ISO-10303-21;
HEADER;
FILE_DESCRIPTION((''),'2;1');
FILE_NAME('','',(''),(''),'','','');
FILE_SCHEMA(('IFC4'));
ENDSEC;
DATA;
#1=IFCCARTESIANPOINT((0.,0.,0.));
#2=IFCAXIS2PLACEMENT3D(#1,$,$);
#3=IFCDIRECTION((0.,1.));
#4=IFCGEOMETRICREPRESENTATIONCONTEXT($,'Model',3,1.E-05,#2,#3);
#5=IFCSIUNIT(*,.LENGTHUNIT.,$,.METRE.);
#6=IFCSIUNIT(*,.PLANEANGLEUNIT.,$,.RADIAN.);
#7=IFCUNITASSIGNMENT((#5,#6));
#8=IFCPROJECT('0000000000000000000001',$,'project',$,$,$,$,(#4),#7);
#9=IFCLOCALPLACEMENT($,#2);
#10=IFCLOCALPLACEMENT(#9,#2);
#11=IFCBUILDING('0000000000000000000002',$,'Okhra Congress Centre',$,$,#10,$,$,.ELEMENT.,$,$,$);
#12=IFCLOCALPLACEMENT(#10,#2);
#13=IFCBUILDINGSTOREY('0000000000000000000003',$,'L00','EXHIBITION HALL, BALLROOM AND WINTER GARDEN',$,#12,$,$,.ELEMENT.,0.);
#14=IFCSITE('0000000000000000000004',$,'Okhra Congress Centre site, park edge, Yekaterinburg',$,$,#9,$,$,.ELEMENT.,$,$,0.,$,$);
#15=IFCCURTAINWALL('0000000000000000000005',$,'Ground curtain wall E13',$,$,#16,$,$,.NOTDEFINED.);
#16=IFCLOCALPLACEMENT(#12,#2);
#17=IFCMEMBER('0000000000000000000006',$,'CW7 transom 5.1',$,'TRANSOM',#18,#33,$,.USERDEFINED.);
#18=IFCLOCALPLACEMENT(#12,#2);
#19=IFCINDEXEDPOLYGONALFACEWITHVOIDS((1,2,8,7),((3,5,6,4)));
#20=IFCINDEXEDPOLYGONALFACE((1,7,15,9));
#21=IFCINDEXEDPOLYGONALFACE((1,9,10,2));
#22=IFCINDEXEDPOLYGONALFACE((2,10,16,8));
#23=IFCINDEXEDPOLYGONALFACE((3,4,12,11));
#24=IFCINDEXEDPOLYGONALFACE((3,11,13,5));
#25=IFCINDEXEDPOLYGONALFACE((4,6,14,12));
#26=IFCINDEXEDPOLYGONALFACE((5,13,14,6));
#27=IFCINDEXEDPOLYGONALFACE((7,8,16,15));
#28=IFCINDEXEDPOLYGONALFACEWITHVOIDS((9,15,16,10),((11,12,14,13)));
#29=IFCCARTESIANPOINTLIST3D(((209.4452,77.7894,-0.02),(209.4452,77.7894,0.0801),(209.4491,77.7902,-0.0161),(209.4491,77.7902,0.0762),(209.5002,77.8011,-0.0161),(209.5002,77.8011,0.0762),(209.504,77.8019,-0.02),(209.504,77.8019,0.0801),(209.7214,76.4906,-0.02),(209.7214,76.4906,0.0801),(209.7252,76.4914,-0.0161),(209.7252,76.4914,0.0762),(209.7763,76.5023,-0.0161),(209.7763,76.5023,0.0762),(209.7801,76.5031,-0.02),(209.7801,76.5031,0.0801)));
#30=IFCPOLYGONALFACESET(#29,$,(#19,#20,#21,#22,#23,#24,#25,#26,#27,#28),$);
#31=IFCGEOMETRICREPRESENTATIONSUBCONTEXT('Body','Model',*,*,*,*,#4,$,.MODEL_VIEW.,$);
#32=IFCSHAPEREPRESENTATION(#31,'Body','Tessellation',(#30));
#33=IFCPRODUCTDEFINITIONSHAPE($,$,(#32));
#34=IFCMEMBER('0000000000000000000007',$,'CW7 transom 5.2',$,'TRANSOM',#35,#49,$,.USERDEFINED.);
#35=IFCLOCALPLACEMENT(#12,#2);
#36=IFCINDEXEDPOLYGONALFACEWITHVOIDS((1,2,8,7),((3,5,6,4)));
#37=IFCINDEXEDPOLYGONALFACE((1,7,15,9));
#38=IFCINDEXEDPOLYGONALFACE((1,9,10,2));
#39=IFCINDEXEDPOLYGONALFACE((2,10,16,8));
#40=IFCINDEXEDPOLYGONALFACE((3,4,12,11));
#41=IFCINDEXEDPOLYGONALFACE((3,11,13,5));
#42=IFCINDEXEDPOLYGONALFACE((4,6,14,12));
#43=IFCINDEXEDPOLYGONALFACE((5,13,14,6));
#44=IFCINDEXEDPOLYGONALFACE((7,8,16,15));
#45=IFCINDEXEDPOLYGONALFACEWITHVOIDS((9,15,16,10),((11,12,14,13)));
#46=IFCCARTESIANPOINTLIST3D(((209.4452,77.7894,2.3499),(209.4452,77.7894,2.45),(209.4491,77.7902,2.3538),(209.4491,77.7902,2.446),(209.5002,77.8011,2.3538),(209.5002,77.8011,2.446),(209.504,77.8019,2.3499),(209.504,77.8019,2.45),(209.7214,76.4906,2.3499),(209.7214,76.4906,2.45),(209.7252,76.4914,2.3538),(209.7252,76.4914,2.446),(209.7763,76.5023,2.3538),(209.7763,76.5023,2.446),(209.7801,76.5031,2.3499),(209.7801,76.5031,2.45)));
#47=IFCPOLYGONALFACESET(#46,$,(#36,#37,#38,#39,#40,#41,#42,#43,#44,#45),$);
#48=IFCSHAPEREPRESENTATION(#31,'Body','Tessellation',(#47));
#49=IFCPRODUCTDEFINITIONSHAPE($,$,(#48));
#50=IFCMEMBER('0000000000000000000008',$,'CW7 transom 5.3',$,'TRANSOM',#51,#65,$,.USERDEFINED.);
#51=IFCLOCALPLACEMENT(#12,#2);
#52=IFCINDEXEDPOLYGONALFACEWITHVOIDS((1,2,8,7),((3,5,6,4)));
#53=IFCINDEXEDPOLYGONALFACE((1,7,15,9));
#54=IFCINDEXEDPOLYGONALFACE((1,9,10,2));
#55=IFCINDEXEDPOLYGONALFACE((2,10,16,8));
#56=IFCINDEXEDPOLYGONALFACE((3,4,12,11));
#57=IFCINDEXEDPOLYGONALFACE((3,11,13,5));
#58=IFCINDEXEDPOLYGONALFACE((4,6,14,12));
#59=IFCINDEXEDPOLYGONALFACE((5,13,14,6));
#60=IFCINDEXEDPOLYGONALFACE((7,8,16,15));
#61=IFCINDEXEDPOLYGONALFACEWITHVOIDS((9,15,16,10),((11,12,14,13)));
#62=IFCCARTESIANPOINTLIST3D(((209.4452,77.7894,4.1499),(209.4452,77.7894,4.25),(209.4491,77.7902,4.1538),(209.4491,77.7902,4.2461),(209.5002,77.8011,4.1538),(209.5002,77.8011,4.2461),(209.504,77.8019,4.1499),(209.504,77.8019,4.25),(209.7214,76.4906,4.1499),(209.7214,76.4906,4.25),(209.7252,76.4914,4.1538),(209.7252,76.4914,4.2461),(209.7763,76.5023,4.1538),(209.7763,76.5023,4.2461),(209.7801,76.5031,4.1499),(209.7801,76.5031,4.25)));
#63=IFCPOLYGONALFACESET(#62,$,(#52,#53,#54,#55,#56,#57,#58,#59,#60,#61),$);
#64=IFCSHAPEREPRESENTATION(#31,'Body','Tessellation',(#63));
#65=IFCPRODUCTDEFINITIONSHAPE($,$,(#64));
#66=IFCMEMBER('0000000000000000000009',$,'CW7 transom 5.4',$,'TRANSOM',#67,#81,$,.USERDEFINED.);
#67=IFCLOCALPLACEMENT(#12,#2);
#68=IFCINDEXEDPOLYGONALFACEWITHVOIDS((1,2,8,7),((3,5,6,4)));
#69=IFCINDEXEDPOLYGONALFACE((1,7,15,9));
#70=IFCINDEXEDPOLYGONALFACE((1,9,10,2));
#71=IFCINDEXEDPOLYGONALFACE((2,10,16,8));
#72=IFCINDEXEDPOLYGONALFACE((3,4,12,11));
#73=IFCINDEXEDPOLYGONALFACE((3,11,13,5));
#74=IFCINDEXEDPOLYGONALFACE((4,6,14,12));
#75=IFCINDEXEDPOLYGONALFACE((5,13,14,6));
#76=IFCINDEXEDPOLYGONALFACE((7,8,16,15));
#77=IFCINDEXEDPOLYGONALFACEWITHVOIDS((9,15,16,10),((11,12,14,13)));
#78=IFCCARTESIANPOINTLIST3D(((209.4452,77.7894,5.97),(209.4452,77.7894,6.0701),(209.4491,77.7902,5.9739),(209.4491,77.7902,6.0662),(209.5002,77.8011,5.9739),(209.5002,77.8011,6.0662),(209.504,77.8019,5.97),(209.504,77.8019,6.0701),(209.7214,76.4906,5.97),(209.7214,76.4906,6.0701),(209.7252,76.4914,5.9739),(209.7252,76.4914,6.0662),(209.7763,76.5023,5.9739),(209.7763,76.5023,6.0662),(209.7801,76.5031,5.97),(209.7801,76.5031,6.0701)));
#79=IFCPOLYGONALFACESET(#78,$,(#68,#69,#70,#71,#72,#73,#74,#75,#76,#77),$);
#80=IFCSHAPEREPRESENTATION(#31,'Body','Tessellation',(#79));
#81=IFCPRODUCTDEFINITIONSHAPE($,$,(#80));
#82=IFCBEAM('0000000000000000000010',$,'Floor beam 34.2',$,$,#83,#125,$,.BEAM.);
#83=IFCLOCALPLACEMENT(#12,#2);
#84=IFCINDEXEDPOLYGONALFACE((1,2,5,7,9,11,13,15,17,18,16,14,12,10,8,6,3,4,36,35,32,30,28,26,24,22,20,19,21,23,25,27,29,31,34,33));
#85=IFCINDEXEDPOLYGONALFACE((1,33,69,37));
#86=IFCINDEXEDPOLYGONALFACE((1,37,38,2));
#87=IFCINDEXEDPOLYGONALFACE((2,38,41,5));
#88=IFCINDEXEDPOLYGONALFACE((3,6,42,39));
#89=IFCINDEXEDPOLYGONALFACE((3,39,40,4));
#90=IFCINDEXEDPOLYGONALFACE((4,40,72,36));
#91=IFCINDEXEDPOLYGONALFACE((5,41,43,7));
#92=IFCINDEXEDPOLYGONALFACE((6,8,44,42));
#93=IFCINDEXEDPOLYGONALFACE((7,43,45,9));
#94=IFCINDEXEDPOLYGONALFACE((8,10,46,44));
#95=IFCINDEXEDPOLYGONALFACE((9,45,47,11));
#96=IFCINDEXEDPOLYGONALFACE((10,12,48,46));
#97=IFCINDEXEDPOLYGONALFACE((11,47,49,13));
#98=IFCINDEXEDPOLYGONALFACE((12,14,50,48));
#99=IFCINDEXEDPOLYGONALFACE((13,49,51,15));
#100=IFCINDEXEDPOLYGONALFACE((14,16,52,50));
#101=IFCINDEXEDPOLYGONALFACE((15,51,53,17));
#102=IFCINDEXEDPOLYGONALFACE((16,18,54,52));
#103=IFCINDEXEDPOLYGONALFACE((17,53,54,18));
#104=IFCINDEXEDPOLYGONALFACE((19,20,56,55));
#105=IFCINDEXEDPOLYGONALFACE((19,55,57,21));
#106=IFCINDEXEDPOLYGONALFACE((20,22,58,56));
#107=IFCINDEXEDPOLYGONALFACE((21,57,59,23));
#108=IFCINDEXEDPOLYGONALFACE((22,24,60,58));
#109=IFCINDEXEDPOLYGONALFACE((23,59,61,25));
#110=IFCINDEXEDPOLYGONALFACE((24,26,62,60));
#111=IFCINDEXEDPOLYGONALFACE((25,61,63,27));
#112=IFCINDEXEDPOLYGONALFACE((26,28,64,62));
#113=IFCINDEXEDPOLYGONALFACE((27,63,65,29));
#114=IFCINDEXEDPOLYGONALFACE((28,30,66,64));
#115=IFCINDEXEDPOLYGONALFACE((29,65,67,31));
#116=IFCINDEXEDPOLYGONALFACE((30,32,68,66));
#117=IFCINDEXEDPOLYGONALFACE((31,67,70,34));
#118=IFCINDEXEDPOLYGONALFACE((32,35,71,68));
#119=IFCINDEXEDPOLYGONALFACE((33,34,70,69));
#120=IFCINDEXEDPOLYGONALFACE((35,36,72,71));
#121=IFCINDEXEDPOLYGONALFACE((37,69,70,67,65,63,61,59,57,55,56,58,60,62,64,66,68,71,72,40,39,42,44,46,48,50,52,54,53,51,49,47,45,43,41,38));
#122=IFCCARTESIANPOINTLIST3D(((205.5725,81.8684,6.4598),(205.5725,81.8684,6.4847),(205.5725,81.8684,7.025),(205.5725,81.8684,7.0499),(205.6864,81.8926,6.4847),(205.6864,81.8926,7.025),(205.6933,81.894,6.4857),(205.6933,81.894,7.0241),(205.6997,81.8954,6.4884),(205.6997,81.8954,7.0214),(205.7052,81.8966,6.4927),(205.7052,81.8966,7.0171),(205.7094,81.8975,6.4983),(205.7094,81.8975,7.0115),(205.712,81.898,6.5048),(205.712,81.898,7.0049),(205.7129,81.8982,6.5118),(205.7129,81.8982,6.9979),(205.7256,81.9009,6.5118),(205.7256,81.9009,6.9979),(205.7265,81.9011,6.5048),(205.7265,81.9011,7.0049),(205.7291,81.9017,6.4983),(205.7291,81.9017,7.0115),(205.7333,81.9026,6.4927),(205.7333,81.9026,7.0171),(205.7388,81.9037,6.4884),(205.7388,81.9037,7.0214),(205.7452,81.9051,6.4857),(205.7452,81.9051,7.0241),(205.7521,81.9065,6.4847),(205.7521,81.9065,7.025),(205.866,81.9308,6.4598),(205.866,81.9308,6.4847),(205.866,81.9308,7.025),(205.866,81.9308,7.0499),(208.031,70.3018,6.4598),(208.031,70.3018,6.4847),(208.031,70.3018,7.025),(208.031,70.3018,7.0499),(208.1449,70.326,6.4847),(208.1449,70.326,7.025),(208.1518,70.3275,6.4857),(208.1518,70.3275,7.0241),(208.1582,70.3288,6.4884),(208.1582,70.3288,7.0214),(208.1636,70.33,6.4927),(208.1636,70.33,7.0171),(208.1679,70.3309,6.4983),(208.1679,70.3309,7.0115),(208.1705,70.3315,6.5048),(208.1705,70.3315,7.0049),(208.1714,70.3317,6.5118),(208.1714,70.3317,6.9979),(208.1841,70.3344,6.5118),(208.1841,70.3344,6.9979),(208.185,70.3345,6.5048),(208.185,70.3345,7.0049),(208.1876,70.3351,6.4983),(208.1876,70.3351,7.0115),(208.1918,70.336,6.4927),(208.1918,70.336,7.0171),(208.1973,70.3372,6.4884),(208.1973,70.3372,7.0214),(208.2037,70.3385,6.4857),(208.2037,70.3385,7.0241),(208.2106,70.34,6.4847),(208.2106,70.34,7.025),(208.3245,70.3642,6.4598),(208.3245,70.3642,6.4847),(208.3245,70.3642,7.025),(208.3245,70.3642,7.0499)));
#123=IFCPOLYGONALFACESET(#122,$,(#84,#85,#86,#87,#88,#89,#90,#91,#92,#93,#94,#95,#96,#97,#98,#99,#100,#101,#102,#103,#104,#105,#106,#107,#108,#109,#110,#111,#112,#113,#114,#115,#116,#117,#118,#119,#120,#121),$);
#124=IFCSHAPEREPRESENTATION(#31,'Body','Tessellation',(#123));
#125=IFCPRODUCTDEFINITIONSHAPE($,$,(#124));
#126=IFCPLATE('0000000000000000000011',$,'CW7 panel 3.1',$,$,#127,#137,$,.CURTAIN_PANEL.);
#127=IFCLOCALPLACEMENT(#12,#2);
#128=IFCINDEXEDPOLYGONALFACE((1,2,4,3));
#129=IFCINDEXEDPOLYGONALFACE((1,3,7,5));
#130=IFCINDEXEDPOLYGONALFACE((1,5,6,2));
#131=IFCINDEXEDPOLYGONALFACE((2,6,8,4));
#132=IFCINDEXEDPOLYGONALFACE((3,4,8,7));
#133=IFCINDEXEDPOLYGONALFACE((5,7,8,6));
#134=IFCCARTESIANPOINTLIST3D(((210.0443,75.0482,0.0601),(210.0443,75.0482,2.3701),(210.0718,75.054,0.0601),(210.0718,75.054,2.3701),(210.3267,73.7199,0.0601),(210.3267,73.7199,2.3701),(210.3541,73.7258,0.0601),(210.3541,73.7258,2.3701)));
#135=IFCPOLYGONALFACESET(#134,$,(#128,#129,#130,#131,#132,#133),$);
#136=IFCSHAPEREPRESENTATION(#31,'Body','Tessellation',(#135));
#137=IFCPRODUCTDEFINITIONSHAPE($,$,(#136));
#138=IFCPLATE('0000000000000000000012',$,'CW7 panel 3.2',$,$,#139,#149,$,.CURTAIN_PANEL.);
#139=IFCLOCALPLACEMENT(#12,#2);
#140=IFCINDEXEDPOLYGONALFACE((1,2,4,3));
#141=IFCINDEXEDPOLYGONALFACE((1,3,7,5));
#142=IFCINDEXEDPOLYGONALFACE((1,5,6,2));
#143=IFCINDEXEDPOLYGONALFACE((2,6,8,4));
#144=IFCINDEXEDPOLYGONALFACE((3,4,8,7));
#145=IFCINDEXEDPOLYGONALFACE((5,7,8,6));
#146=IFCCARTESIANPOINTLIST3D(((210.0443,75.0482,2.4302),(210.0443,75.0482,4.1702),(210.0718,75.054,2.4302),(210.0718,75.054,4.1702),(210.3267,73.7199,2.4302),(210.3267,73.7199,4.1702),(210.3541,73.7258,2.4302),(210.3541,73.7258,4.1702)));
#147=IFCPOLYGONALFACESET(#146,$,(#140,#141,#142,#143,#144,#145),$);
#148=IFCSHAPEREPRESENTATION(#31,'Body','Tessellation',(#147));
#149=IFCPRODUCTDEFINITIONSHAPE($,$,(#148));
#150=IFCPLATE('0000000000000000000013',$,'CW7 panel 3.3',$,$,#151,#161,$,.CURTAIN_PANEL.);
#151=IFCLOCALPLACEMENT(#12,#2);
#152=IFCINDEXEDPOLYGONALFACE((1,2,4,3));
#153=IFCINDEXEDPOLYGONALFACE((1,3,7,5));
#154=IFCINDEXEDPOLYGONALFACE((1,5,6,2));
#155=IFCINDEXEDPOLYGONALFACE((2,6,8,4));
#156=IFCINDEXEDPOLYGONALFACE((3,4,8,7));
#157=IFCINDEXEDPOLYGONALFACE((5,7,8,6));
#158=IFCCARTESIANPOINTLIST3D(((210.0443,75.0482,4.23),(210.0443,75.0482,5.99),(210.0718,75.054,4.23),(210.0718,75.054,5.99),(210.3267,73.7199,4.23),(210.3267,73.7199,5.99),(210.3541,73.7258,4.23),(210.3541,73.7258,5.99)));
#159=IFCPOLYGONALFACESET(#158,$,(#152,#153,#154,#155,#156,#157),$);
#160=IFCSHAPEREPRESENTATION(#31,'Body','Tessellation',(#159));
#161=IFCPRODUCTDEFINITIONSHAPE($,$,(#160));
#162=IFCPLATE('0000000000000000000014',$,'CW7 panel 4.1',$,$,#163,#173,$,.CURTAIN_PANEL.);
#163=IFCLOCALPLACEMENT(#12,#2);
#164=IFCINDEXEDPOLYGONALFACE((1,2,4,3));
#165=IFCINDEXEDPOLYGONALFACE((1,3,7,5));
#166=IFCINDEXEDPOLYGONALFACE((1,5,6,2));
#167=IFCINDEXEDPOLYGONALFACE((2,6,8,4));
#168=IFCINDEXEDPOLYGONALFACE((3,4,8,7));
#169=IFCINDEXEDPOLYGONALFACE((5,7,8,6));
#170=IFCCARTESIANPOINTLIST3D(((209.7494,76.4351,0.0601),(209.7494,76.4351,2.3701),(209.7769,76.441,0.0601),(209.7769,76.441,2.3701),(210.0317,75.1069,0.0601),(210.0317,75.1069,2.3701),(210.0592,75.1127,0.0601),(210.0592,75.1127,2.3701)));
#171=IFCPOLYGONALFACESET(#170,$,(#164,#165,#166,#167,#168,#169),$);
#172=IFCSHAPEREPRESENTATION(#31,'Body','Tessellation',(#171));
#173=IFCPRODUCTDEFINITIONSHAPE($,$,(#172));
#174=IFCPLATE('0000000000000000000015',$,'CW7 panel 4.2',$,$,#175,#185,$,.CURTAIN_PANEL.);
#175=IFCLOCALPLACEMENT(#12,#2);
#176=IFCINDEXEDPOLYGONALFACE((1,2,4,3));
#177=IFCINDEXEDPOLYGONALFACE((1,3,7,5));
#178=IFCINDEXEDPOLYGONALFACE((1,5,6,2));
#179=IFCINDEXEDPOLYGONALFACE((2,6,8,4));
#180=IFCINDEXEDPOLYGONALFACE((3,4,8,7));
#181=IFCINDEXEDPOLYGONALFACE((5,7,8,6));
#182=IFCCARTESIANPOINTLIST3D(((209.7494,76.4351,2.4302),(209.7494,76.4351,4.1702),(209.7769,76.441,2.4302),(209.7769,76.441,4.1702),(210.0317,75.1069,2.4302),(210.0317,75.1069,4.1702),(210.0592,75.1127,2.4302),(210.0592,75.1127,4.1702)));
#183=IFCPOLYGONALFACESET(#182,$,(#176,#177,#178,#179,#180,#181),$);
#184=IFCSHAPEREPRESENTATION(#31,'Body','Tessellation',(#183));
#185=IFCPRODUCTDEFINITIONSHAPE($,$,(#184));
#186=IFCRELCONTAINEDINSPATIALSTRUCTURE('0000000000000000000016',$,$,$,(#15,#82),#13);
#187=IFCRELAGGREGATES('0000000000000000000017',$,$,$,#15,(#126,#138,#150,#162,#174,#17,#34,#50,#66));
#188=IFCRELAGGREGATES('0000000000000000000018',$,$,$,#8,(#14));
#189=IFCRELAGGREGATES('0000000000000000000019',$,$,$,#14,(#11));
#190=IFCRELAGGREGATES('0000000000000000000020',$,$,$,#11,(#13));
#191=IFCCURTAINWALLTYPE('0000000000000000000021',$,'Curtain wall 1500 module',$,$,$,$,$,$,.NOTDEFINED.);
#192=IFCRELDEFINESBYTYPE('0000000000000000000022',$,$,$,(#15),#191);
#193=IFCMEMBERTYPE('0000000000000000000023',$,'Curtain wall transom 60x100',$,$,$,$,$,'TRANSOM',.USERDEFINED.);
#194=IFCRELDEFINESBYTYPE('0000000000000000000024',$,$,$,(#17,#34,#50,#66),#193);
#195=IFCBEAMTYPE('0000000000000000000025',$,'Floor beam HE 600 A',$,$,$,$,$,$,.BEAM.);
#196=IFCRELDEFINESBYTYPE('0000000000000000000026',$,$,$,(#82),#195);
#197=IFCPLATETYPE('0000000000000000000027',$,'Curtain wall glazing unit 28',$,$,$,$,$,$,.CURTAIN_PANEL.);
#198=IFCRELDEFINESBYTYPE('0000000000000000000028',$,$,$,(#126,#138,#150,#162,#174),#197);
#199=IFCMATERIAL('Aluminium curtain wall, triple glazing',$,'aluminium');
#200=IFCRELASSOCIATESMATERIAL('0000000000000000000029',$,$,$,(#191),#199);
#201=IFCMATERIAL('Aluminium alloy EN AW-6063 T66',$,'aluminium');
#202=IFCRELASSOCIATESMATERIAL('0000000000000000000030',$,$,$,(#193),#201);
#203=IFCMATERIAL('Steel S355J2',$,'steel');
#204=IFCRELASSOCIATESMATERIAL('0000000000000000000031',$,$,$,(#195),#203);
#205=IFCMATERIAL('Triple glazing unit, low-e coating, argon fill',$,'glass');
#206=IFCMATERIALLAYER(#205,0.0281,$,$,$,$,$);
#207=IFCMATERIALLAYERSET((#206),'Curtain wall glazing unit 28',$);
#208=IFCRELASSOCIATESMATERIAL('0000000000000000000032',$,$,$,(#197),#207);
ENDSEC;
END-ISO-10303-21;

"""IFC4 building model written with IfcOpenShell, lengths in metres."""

from ifc_helpers import new_model, si_unit, direction, frame, origin, origin_2d, place, context, subcontext, project, spatial, rectangle, hollow_rectangle, i_section, extrude, material, layer, layer_set, material_profile, profile_set, type_object, element, aggregate, save


model = new_model("IFC4")

# Units and contexts
model_context = context("Model", 3, precision=1e-05, world=origin(), true_north=direction((0.0, 1.0)))
body_context = subcontext(model_context, "Body", "Model", "MODEL_VIEW")
ifc_project = project(units=[si_unit("LENGTHUNIT", "METRE"), si_unit("PLANEANGLEUNIT", "RADIAN")], contexts=[model_context])

# Site, building, storey
site_placement = place(None, origin())
site = spatial("IfcSite", under=ifc_project, at=site_placement, Name="Okhra Congress Centre site, park edge, Yekaterinburg", CompositionType="ELEMENT", RefElevation=0.0)
building_placement = place(site_placement, origin())
building = spatial("IfcBuilding", under=site, at=building_placement, Name="Okhra Congress Centre", CompositionType="ELEMENT")
storey_placement = place(building_placement, origin())
storey = spatial("IfcBuildingStorey", under=building, at=storey_placement, Name="L00", Description="EXHIBITION HALL, BALLROOM AND WINTER GARDEN", CompositionType="ELEMENT", Elevation=0.0)

# Curtain wall, members
ifc_material_1 = material(Name="Aluminium curtain wall, triple glazing", Category="aluminium")
curtain_wall_type = type_object("IfcCurtainWallType", Name="Curtain wall 1500 module", PredefinedType="NOTDEFINED", material=ifc_material_1)
curtain_wall_placement = place(storey_placement, origin())
curtain_wall = element("IfcCurtainWall", 1, at=curtain_wall_placement, inside=storey, type_object=curtain_wall_type, Name="Ground curtain wall E13", PredefinedType="NOTDEFINED")
ifc_material_2 = material(Name="Aluminium alloy EN AW-6063 T66", Category="aluminium")
ifc_material_profile_1 = material_profile(ifc_material_2, hollow_rectangle(XDim=0.0601, YDim=0.1001, WallThickness=0.0039, at=origin_2d()), Name="RHS 60x100x4")
ifc_profile_set_1 = profile_set([ifc_material_profile_1], Name="Aluminium alloy EN AW-6063 T66")
member_type_1 = type_object("IfcMemberType", Name="Curtain wall transom 60x100", ElementType="TRANSOM", PredefinedType="USERDEFINED", material=ifc_profile_set_1)
member_1_placement = place(storey_placement, frame((209.7507, 76.4968, 0.03), z_axis=(-0.207947, 0.97814, 0.0), x_axis=(-0.97814, -0.207947, 0.0)))
member_1 = element("IfcMember", 2, at=member_1_placement, type_object=member_type_1, Name="CW7 transom 5.1", ObjectType="TRANSOM", PredefinedType="USERDEFINED", context=body_context, shape_type="SweptSolid", body=[
    extrude(hollow_rectangle(XDim=0.0601, YDim=0.1001, WallThickness=0.0039, at=origin_2d()), origin(), (0.0, 0.0, 1.0), 1.3279),
])
member_2_placement = place(storey_placement, frame((209.7507, 76.4968, 2.3999), z_axis=(-0.207947, 0.97814, 0.0), x_axis=(-0.97814, -0.207947, 0.0)))
member_2 = element("IfcMember", 3, at=member_2_placement, type_object=member_type_1, Name="CW7 transom 5.2", ObjectType="TRANSOM", PredefinedType="USERDEFINED", context=body_context, shape_type="SweptSolid", body=[
    extrude(hollow_rectangle(XDim=0.0601, YDim=0.1001, WallThickness=0.0039, at=origin_2d()), origin(), (0.0, 0.0, 1.0), 1.3279),
])
member_3_placement = place(storey_placement, frame((209.7507, 76.4968, 4.2), z_axis=(-0.207947, 0.97814, 0.0), x_axis=(-0.97814, -0.207947, 0.0)))
member_3 = element("IfcMember", 4, at=member_3_placement, type_object=member_type_1, Name="CW7 transom 5.3", ObjectType="TRANSOM", PredefinedType="USERDEFINED", context=body_context, shape_type="SweptSolid", body=[
    extrude(hollow_rectangle(XDim=0.0601, YDim=0.1001, WallThickness=0.0039, at=origin_2d()), origin(), (0.0, 0.0, 1.0), 1.3279),
])
member_4_placement = place(storey_placement, frame((209.7507, 76.4968, 6.02), z_axis=(-0.207947, 0.97814, 0.0), x_axis=(-0.97814, -0.207947, 0.0)))
member_4 = element("IfcMember", 5, at=member_4_placement, type_object=member_type_1, Name="CW7 transom 5.4", ObjectType="TRANSOM", PredefinedType="USERDEFINED", context=body_context, shape_type="SweptSolid", body=[
    extrude(hollow_rectangle(XDim=0.0601, YDim=0.1001, WallThickness=0.0039, at=origin_2d()), origin(), (0.0, 0.0, 1.0), 1.3279),
])

# Beam
ifc_material_3 = material(Name="Steel S355J2", Category="steel")
ifc_material_profile_2 = material_profile(ifc_material_3, i_section(OverallWidth=0.3, OverallDepth=0.5901, WebThickness=0.0129, FlangeThickness=0.0249, FilletRadius=0.0271, at=origin_2d()), Name="HE 600 A")
ifc_profile_set_2 = profile_set([ifc_material_profile_2], Name="Steel S355J2")
beam_type = type_object("IfcBeamType", Name="Floor beam HE 600 A", PredefinedType="BEAM", material=ifc_profile_set_2)
beam_placement = place(storey_placement, frame((208.1777, 70.333, 6.7549), z_axis=(-0.207906, 0.978149, 0.0), x_axis=(-0.978149, -0.207906, 0.0)))
element("IfcBeam", 6, at=beam_placement, inside=storey, type_object=beam_type, Name="Floor beam 34.2", PredefinedType="BEAM", context=body_context, shape_type="SweptSolid", body=[
    extrude(i_section(OverallWidth=0.3, OverallDepth=0.5901, WebThickness=0.0129, FlangeThickness=0.0249, FilletRadius=0.0271, at=origin_2d()), origin(), (0.0, 0.0, 1.0), 11.825),
])

# Plates
ifc_material_4 = material(Name="Triple glazing unit, low-e coating, argon fill", Category="glass")
ifc_layer_1 = layer(ifc_material_4, 0.0281)
ifc_layer_set_1 = layer_set([ifc_layer_1], Name="Curtain wall glazing unit 28")
plate_type = type_object("IfcPlateType", Name="Curtain wall glazing unit 28", PredefinedType="CURTAIN_PANEL", material=ifc_layer_set_1)
plate_1_placement = place(storey_placement, frame((210.1992, 74.387, 0.0601), z_axis=(0.0, 0.0, 1.0), x_axis=(-0.207912, 0.978148, 0.0)))
plate_1 = element("IfcPlate", 7, at=plate_1_placement, type_object=plate_type, Name="CW7 panel 3.1", PredefinedType="CURTAIN_PANEL", context=body_context, shape_type="SweptSolid", body=[
    extrude(rectangle(XDim=1.3579, YDim=0.0281, at=origin_2d()), origin(), (0.0, 0.0, 1.0), 2.3101),
])
plate_2_placement = place(storey_placement, frame((210.1992, 74.387, 2.4302), z_axis=(0.0, 0.0, 1.0), x_axis=(-0.207912, 0.978148, 0.0)))
plate_2 = element("IfcPlate", 8, at=plate_2_placement, type_object=plate_type, Name="CW7 panel 3.2", PredefinedType="CURTAIN_PANEL", context=body_context, shape_type="SweptSolid", body=[
    extrude(rectangle(XDim=1.3579, YDim=0.0281, at=origin_2d()), origin(), (0.0, 0.0, 1.0), 1.74),
])
plate_3_placement = place(storey_placement, frame((210.1992, 74.387, 4.23), z_axis=(0.0, 0.0, 1.0), x_axis=(-0.207912, 0.978148, 0.0)))
plate_3 = element("IfcPlate", 9, at=plate_3_placement, type_object=plate_type, Name="CW7 panel 3.3", PredefinedType="CURTAIN_PANEL", context=body_context, shape_type="SweptSolid", body=[
    extrude(rectangle(XDim=1.3579, YDim=0.0281, at=origin_2d()), origin(), (0.0, 0.0, 1.0), 1.76),
])
plate_4_placement = place(storey_placement, frame((209.9043, 75.7739, 0.0601), z_axis=(0.0, 0.0, 1.0), x_axis=(-0.207912, 0.978148, 0.0)))
plate_4 = element("IfcPlate", 10, at=plate_4_placement, type_object=plate_type, Name="CW7 panel 4.1", PredefinedType="CURTAIN_PANEL", context=body_context, shape_type="SweptSolid", body=[
    extrude(rectangle(XDim=1.3579, YDim=0.0281, at=origin_2d()), origin(), (0.0, 0.0, 1.0), 2.3101),
])
plate_5_placement = place(storey_placement, frame((209.9043, 75.7739, 2.4302), z_axis=(0.0, 0.0, 1.0), x_axis=(-0.207912, 0.978148, 0.0)))
plate_5 = element("IfcPlate", 11, at=plate_5_placement, type_object=plate_type, Name="CW7 panel 4.2", PredefinedType="CURTAIN_PANEL", context=body_context, shape_type="SweptSolid", body=[
    extrude(rectangle(XDim=1.3579, YDim=0.0281, at=origin_2d()), origin(), (0.0, 0.0, 1.0), 1.74),
])
aggregate(curtain_wall, [plate_1, plate_2, plate_3, plate_4, plate_5, member_1, member_2, member_3, member_4])

save(model, "model.ifc")
